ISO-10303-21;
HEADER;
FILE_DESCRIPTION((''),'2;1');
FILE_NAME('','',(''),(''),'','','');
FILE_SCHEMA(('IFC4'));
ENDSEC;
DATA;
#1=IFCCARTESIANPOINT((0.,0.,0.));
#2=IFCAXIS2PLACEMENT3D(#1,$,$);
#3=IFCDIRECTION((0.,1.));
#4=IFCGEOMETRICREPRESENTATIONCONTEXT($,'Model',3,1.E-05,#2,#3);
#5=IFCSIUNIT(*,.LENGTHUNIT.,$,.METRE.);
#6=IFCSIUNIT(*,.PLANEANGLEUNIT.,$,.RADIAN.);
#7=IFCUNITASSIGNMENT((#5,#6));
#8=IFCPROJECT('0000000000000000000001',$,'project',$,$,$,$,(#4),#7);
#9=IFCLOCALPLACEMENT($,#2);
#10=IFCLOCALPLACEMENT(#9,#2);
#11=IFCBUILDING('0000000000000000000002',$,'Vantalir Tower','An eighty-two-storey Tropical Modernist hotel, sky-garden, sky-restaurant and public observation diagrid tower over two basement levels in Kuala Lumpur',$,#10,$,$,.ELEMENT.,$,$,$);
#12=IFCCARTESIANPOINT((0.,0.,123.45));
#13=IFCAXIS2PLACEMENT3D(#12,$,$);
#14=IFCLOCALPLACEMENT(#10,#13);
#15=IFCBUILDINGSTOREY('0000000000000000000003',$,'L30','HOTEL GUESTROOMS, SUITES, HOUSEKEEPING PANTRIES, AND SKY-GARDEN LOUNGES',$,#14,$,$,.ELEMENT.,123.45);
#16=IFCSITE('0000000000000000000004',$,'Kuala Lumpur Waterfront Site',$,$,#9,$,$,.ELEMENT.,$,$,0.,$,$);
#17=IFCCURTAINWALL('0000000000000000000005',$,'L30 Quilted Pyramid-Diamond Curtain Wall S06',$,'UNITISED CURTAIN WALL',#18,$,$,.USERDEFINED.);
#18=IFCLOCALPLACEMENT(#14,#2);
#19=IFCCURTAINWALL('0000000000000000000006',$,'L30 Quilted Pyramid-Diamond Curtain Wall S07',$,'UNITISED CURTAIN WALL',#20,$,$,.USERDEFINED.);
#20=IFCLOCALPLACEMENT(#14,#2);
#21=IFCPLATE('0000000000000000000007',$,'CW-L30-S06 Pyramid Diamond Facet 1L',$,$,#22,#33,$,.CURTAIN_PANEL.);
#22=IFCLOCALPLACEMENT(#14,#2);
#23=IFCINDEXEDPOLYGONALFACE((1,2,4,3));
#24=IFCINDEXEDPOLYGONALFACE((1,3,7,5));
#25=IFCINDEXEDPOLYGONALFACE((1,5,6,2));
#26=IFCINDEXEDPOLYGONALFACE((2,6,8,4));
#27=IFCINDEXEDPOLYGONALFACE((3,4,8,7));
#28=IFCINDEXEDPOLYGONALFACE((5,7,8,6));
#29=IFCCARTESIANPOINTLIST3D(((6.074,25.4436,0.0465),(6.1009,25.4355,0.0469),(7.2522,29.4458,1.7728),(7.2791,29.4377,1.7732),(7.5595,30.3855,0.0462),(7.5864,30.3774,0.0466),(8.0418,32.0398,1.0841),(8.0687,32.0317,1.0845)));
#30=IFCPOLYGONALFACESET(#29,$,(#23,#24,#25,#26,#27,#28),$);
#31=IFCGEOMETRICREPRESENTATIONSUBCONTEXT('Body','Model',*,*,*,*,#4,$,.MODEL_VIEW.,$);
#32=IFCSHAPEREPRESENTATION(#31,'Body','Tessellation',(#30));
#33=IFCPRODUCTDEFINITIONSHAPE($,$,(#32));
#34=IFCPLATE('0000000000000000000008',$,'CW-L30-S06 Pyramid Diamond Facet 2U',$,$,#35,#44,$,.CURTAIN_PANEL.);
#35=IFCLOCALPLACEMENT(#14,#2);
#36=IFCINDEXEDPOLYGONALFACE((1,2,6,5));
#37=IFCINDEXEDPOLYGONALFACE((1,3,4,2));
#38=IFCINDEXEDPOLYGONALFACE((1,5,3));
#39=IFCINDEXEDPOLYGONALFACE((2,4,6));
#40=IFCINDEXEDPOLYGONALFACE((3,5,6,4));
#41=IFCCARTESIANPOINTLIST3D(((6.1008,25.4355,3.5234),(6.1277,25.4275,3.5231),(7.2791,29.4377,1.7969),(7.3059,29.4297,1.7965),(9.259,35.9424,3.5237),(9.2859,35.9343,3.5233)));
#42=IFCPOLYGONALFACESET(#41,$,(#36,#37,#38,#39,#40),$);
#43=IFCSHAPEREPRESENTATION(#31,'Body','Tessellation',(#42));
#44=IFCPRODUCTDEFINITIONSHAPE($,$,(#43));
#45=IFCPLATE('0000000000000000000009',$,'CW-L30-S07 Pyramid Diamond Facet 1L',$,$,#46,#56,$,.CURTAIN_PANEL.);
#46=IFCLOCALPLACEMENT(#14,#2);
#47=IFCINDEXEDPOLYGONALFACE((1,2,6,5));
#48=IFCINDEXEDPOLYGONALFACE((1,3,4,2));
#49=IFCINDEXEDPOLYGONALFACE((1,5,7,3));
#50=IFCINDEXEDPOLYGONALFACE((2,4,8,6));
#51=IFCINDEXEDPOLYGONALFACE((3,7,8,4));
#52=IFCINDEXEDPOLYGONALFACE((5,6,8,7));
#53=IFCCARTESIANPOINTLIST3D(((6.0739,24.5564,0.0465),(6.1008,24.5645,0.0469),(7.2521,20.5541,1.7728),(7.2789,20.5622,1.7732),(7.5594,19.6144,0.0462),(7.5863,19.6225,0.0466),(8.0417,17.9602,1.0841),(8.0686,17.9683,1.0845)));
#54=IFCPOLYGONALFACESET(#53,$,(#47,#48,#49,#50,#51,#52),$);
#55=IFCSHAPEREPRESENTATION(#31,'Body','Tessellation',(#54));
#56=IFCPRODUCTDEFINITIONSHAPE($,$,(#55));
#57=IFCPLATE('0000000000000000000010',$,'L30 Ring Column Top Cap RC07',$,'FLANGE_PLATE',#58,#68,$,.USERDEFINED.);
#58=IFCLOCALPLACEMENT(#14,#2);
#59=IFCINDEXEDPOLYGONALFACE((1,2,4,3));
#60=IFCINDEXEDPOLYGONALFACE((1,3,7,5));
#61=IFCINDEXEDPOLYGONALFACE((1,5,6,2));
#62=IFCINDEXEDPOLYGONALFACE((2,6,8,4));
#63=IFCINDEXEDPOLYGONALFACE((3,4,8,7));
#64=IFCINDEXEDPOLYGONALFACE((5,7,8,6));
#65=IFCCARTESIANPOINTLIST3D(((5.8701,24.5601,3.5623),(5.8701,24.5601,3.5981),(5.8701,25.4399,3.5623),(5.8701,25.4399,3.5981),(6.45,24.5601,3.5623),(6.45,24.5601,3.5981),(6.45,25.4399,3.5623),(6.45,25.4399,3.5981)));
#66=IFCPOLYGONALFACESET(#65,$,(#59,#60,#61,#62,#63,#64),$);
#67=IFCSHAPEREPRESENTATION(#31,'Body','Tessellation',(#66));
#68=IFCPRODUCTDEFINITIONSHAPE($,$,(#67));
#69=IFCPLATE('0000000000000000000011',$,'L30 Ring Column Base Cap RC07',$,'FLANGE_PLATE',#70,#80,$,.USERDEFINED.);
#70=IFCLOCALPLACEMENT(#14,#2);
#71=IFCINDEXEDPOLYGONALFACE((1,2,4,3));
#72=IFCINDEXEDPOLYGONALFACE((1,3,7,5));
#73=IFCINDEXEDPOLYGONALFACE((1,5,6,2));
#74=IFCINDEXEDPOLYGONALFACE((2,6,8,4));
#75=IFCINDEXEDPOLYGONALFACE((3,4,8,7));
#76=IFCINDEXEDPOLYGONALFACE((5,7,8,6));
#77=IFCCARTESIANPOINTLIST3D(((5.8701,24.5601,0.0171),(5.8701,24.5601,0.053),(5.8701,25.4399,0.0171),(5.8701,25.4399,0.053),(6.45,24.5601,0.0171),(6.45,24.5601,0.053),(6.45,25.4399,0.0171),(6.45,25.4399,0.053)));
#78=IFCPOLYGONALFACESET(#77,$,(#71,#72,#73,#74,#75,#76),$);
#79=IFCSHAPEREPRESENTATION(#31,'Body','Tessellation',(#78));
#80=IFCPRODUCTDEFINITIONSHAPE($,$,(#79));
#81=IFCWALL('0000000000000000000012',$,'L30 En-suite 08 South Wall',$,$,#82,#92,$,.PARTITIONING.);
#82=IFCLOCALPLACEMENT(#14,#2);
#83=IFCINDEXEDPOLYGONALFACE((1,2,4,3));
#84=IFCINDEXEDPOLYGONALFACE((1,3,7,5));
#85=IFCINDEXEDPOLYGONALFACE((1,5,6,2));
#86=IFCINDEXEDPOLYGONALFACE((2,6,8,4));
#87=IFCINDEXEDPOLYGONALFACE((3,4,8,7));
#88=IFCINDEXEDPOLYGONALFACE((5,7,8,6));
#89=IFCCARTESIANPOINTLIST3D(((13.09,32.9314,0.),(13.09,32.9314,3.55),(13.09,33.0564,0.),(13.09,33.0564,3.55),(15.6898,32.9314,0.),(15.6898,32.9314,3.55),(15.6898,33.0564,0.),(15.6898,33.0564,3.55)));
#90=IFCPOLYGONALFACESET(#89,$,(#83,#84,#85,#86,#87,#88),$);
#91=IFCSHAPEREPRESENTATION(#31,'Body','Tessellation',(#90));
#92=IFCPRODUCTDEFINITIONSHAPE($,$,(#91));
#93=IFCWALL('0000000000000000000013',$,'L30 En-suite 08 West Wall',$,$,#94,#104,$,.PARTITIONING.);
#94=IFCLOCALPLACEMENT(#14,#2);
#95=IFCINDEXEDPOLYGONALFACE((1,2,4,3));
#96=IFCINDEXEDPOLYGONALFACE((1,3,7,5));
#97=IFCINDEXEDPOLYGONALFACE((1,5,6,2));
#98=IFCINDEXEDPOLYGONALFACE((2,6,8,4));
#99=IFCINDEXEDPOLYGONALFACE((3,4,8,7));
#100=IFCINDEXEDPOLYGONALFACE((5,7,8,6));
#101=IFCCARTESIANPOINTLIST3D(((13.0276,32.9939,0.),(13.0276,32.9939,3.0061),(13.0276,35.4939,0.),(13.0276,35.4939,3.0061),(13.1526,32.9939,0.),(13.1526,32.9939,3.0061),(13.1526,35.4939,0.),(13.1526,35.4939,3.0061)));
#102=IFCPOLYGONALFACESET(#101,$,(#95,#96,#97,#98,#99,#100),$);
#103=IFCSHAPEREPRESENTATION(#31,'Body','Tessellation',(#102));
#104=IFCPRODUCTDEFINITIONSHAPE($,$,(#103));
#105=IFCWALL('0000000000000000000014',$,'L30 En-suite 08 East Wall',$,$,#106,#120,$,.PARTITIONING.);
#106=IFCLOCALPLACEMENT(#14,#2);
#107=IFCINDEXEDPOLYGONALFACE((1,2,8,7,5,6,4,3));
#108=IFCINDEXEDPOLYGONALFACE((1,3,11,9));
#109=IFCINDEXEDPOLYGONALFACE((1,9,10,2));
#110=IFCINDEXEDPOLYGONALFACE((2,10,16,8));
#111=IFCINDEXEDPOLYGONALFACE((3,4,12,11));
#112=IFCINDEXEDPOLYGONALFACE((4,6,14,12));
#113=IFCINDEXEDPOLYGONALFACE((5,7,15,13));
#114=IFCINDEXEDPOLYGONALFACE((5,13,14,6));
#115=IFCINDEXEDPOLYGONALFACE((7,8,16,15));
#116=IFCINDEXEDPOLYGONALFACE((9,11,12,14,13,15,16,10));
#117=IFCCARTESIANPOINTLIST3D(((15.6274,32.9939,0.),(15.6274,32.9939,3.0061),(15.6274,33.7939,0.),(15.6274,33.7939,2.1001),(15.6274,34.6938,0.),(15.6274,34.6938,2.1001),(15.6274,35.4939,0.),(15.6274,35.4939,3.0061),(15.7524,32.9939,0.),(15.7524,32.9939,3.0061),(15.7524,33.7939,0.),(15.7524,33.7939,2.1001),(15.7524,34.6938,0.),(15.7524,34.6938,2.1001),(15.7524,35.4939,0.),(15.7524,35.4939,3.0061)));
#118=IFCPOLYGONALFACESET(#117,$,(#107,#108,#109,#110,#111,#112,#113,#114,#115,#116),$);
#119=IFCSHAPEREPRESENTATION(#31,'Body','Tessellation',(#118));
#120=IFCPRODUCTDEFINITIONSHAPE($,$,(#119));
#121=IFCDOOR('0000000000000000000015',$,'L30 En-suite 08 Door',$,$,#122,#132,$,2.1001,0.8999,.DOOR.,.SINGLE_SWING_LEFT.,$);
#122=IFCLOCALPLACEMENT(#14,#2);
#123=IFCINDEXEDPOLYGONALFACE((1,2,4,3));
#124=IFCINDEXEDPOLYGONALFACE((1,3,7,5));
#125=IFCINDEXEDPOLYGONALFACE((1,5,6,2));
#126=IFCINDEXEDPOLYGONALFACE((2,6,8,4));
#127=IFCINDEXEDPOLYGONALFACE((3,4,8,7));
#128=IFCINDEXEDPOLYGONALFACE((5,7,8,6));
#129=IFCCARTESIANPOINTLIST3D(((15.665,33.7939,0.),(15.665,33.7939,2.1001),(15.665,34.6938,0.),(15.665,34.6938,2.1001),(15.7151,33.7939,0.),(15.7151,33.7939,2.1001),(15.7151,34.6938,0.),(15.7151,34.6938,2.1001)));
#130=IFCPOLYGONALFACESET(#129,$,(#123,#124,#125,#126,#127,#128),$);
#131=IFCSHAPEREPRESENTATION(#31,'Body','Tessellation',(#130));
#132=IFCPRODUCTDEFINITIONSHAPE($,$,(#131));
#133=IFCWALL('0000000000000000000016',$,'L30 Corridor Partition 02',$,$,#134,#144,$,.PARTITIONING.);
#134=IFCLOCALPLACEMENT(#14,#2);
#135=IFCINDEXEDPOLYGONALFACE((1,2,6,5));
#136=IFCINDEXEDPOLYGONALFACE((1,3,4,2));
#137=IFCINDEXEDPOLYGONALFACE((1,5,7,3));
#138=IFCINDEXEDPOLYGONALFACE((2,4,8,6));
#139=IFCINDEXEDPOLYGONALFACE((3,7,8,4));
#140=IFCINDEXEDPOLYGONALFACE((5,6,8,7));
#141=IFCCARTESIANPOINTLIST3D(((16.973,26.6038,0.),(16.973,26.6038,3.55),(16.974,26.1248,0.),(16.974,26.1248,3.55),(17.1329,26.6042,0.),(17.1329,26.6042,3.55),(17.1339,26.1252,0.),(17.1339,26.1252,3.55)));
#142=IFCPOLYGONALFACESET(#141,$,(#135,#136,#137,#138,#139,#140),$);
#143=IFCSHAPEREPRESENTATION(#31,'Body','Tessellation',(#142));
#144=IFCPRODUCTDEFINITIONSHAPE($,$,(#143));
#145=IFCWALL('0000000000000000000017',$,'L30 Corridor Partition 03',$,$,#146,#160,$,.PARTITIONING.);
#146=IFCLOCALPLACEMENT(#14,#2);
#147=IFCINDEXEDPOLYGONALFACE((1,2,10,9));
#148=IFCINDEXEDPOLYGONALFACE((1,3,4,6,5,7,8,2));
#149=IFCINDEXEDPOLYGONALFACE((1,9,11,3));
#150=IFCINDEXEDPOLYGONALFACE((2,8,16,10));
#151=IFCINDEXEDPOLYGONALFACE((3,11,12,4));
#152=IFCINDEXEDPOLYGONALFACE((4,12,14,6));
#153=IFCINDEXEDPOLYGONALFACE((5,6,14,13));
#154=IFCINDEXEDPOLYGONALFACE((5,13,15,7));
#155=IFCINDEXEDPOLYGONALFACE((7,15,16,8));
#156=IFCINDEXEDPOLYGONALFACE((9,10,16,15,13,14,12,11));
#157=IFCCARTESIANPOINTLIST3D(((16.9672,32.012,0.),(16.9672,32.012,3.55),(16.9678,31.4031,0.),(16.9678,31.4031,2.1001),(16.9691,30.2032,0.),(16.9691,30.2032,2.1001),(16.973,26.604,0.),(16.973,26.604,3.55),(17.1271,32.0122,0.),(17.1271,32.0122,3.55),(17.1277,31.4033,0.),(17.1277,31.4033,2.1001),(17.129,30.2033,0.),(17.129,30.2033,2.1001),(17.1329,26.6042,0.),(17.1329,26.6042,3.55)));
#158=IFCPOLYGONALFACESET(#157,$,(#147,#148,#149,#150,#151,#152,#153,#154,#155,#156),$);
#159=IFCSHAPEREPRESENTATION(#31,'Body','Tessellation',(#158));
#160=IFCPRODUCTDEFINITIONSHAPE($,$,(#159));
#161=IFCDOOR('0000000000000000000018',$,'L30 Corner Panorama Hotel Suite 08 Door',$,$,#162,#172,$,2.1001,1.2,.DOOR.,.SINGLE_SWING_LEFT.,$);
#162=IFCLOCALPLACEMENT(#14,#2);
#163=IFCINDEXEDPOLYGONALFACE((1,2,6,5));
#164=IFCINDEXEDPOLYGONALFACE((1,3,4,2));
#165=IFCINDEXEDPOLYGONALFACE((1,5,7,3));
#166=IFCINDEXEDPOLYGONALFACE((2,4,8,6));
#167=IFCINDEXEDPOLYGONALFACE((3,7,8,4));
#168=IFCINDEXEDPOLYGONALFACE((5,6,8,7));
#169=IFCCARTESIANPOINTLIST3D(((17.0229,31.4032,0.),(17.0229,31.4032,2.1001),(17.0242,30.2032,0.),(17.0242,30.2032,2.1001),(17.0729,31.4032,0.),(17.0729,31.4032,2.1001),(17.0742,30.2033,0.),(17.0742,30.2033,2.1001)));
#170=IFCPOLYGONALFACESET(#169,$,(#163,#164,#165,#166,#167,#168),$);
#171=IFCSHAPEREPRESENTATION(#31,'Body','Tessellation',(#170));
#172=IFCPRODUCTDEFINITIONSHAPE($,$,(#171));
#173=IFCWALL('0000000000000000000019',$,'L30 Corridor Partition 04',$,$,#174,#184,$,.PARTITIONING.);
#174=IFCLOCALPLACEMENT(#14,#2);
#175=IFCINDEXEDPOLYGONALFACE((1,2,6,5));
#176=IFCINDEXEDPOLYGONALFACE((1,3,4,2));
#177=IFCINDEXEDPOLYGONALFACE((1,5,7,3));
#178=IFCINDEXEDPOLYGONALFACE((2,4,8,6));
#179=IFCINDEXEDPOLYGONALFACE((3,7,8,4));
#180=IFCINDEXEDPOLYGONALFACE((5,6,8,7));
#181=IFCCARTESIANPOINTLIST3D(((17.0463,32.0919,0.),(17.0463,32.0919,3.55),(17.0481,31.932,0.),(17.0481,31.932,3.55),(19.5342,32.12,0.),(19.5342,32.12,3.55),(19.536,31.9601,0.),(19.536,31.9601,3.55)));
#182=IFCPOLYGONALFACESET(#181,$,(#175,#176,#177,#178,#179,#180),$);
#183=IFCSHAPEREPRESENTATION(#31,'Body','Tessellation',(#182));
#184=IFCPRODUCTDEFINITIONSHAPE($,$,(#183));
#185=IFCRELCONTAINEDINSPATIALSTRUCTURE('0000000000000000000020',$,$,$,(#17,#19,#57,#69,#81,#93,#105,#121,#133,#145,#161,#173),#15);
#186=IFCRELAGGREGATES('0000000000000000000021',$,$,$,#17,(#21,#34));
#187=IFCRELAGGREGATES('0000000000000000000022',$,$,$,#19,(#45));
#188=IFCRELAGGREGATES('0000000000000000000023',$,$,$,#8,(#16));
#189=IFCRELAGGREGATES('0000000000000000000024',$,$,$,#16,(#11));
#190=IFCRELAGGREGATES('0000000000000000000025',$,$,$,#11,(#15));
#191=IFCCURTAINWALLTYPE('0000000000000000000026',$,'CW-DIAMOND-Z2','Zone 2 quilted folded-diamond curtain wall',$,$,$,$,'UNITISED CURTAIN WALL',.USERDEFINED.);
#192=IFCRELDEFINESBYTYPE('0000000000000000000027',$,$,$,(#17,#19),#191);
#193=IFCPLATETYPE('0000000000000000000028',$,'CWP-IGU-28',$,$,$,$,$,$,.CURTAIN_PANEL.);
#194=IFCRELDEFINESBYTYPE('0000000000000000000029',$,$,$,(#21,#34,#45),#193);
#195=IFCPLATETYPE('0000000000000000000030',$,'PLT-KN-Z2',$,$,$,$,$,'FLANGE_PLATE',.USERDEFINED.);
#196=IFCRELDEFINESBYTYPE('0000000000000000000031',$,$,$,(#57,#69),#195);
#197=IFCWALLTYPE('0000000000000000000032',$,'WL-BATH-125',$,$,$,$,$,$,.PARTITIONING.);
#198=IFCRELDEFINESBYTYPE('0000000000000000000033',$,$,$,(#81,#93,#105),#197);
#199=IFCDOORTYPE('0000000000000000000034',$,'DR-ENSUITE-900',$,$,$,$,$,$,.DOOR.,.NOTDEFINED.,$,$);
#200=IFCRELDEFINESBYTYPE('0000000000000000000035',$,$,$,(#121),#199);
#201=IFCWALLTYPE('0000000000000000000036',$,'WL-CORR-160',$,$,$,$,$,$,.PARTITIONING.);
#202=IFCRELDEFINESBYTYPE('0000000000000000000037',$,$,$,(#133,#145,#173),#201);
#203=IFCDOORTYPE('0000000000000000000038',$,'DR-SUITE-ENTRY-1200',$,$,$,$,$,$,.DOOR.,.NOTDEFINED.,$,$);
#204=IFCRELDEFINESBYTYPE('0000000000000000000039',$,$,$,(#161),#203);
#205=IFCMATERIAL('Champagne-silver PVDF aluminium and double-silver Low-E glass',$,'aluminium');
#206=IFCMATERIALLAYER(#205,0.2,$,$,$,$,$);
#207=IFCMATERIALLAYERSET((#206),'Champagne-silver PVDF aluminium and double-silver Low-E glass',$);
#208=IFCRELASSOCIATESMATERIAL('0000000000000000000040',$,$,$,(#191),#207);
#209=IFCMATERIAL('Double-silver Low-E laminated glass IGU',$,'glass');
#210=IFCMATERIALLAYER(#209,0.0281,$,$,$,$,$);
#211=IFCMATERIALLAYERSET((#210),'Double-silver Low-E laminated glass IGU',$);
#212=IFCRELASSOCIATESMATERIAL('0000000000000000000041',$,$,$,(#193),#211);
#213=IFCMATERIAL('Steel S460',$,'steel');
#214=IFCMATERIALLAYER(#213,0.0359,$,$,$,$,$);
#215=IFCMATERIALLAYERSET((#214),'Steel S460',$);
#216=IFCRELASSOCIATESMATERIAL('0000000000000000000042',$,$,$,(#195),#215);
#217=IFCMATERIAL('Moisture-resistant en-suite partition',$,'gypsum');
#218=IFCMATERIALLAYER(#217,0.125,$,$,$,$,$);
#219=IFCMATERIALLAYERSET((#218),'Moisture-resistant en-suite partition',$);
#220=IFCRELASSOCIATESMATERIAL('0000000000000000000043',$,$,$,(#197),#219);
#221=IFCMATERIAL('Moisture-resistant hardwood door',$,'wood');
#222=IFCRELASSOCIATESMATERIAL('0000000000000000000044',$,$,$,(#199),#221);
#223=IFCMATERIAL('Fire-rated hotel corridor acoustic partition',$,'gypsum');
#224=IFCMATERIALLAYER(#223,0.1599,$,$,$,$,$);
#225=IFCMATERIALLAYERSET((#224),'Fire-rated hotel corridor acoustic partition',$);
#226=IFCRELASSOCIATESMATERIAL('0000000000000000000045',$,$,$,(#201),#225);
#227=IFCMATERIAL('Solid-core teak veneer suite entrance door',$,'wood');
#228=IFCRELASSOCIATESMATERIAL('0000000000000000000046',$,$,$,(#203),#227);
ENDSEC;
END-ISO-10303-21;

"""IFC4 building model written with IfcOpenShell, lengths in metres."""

from ifc_helpers import new_model, si_unit, direction, frame, frame_2d, origin, place, context, subcontext, project, spatial, polyline, rectangle, outline, extrude, material, layer, layer_set, type_object, element, fill, aggregate, save


model = new_model("IFC4")

# Units and contexts
model_context = context("Model", 3, precision=1e-05, world=origin(), true_north=direction((0.0, 1.0)))
body_context = subcontext(model_context, "Body", "Model", "MODEL_VIEW")
ifc_project = project(units=[si_unit("LENGTHUNIT", "METRE"), si_unit("PLANEANGLEUNIT", "RADIAN")], contexts=[model_context])

# Site, building, storey
site_placement = place(None, origin())
site = spatial("IfcSite", under=ifc_project, at=site_placement, Name="Kuala Lumpur Waterfront Site", CompositionType="ELEMENT", RefElevation=0.0)
building_placement = place(site_placement, origin())
building = spatial("IfcBuilding", under=site, at=building_placement, Name="Vantalir Tower", Description="An eighty-two-storey Tropical Modernist hotel, sky-garden, sky-restaurant and public observation diagrid tower over two basement levels in Kuala Lumpur", CompositionType="ELEMENT")
storey_placement = place(building_placement, frame((0.0, 0.0, 123.45)))
storey = spatial("IfcBuildingStorey", under=building, at=storey_placement, Name="L30", Description="HOTEL GUESTROOMS, SUITES, HOUSEKEEPING PANTRIES, AND SKY-GARDEN LOUNGES", CompositionType="ELEMENT", Elevation=123.45)

# Shared definitions
ifc_material_1 = material(Name="Steel S460", Category="steel")

# Curtain wall
ifc_material_2 = material(Name="Champagne-silver PVDF aluminium and double-silver Low-E glass", Category="aluminium")
ifc_layer_1 = layer(ifc_material_2, 0.2)
ifc_layer_set_1 = layer_set([ifc_layer_1], Name="Champagne-silver PVDF aluminium and double-silver Low-E glass")
curtain_wall_type = type_object("IfcCurtainWallType", Name="CW-DIAMOND-Z2", Description="Zone 2 quilted folded-diamond curtain wall", ElementType="UNITISED CURTAIN WALL", PredefinedType="USERDEFINED", material=ifc_layer_set_1)
curtain_wall_1_placement = place(storey_placement, origin())
curtain_wall_1 = element("IfcCurtainWall", 1, at=curtain_wall_1_placement, inside=storey, type_object=curtain_wall_type, Name="L30 Quilted Pyramid-Diamond Curtain Wall S06", ObjectType="UNITISED CURTAIN WALL", PredefinedType="USERDEFINED")

# Curtain wall
curtain_wall_2_placement = place(storey_placement, origin())
curtain_wall_2 = element("IfcCurtainWall", 2, at=curtain_wall_2_placement, inside=storey, type_object=curtain_wall_type, Name="L30 Quilted Pyramid-Diamond Curtain Wall S07", ObjectType="UNITISED CURTAIN WALL", PredefinedType="USERDEFINED")

# Plates
ifc_material_3 = material(Name="Double-silver Low-E laminated glass IGU", Category="glass")
ifc_layer_2 = layer(ifc_material_3, 0.0281)
ifc_layer_set_2 = layer_set([ifc_layer_2], Name="Double-silver Low-E laminated glass IGU")
plate_type_1 = type_object("IfcPlateType", Name="CWP-IGU-28", PredefinedType="CURTAIN_PANEL", material=ifc_layer_set_2)
plate_1_placement = place(storey_placement, frame((7.5864, 30.3774, 0.0466), z_axis=(0.957579, -0.287838, 0.013816), x_axis=(-0.287866, -0.957671, 0.000048)))
plate_1 = element("IfcPlate", 3, at=plate_1_placement, type_object=plate_type_1, Name="CW-L30-S06 Pyramid Diamond Facet 1L", PredefinedType="CURTAIN_PANEL", context=body_context, shape_type="SweptSolid", body=[
    extrude(outline(polyline([(0.0, 0.0), (5.1604, 0.0), (0.9885, -1.7267), (-1.723, -1.038), (0.0, 0.0)])), origin(), (0.0, 0.0, -1.0), 0.0281),
])
plate_2_placement = place(storey_placement, frame((6.1008, 25.4355, 3.5234), z_axis=(-0.957581, 0.287835, 0.013743), x_axis=(0.287862, 0.957672, 0.000022)))
plate_2 = element("IfcPlate", 4, at=plate_2_placement, type_object=plate_type_1, Name="CW-L30-S06 Pyramid Diamond Facet 2U", PredefinedType="CURTAIN_PANEL", context=body_context, shape_type="SweptSolid", body=[
    extrude(outline(polyline([(0.0, 0.0), (10.9712, 0.0), (4.1719, 1.7268), (0.0, 0.0)])), origin(), (0.0, 0.0, -1.0), 0.0281),
])
aggregate(curtain_wall_1, [plate_1, plate_2])
plate_3_placement = place(storey_placement, frame((6.1008, 24.5645, 0.0469), z_axis=(0.957579, 0.287838, 0.013816), x_axis=(0.287866, -0.957671, -0.000048)))
plate_3 = element("IfcPlate", 5, at=plate_3_placement, type_object=plate_type_1, Name="CW-L30-S07 Pyramid Diamond Facet 1L", PredefinedType="CURTAIN_PANEL", context=body_context, shape_type="SweptSolid", body=[
    extrude(outline(polyline([(0.0, 0.0), (5.1604, 0.0), (6.8834, -1.038), (4.1719, -1.7267), (0.0, 0.0)])), origin(), (0.0, 0.0, -1.0), 0.0281),
])
aggregate(curtain_wall_2, [plate_3])

# Plates
ifc_layer_3 = layer(ifc_material_1, 0.0359)
ifc_layer_set_3 = layer_set([ifc_layer_3], Name="Steel S460")
plate_type_2 = type_object("IfcPlateType", Name="PLT-KN-Z2", ElementType="FLANGE_PLATE", PredefinedType="USERDEFINED", material=ifc_layer_set_3)
for number, where, z_axis, x_axis, name in (
    (6, (5.8701, 25.4399, 3.5981), (0.0, 0.0, 1.0), (0.0, -1.0, 0.0), "L30 Ring Column Top Cap RC07"),
    (7, (5.8701, 25.4399, 0.053), (0.0, 0.0, 1.0), (0.0, -1.0, 0.0), "L30 Ring Column Base Cap RC07"),
):
    element("IfcPlate", number, at=place(storey_placement, frame(where, z_axis=z_axis, x_axis=x_axis)), inside=storey, type_object=plate_type_2, Name=name, ObjectType="FLANGE_PLATE", PredefinedType="USERDEFINED", context=body_context, shape_type="SweptSolid", body=[
        extrude(outline(polyline([(0.0, 0.0), (0.8799, 0.0), (0.8799, 0.5798), (0.0, 0.5798), (0.0, 0.0)])), origin(), (0.0, 0.0, -1.0), 0.0359),
    ])

# Walls
ifc_material_4 = material(Name="Moisture-resistant en-suite partition", Category="gypsum")
ifc_layer_4 = layer(ifc_material_4, 0.125)
ifc_layer_set_4 = layer_set([ifc_layer_4], Name="Moisture-resistant en-suite partition")
wall_type_1 = type_object("IfcWallType", Name="WL-BATH-125", PredefinedType="PARTITIONING", material=ifc_layer_set_4)
wall_1_placement = place(storey_placement, frame((13.0901, 32.9939, 0.0), z_axis=(0.0, 0.0, 1.0), x_axis=(1.0, 0.0, 0.0)))
element("IfcWall", 8, at=wall_1_placement, inside=storey, type_object=wall_type_1, Name="L30 En-suite 08 South Wall", PredefinedType="PARTITIONING", context=body_context, shape_type="SweptSolid", body=[
    extrude(rectangle(XDim=2.5999, YDim=0.125, at=frame_2d((1.2998, 0.0))), origin(), (0.0, 0.0, 1.0), 3.55),
])
wall_2_placement = place(storey_placement, frame((13.0901, 32.9939, 0.0), z_axis=(0.0, 0.0, 1.0), x_axis=(0.0, 1.0, 0.0)))
element("IfcWall", 9, at=wall_2_placement, inside=storey, type_object=wall_type_1, Name="L30 En-suite 08 West Wall", PredefinedType="PARTITIONING", context=body_context, shape_type="SweptSolid", body=[
    extrude(rectangle(XDim=2.5, YDim=0.125, at=frame_2d((1.25, 0.0))), origin(), (0.0, 0.0, 1.0), 3.0061),
])

# Wall, opening, door
wall_3_placement = place(storey_placement, frame((15.6899, 32.9939, 0.0), z_axis=(0.0, 0.0, 1.0), x_axis=(0.0, 1.0, 0.0)))
wall_3 = element("IfcWall", 10, at=wall_3_placement, inside=storey, type_object=wall_type_1, Name="L30 En-suite 08 East Wall", PredefinedType="PARTITIONING", context=body_context, shape_type="SweptSolid", body=[
    extrude(rectangle(XDim=2.5, YDim=0.125, at=frame_2d((1.25, 0.0))), origin(), (0.0, 0.0, 1.0), 3.0061),
])
opening_1_placement = place(wall_3_placement, frame((0.8, 0.0, 0.0)))
opening_1 = element("IfcOpeningElement", 11, at=opening_1_placement, cuts=wall_3, PredefinedType="OPENING", context=body_context, shape_type="SweptSolid", body=[
    extrude(rectangle(XDim=0.8999, YDim=2.1001, at=frame_2d((0.45, 1.05))), frame((0.0, 0.0725, 0.0), z_axis=(0.0, -1.0, 0.0), x_axis=(1.0, 0.0, 0.0)), (0.0, 0.0, 1.0), 0.145),
])
ifc_material_5 = material(Name="Moisture-resistant hardwood door", Category="wood")
door_type_1 = type_object("IfcDoorType", Name="DR-ENSUITE-900", OperationType="NOTDEFINED", PredefinedType="DOOR", material=ifc_material_5)
door_1_placement = place(opening_1_placement, origin())
door_1 = element("IfcDoor", 12, at=door_1_placement, inside=storey, type_object=door_type_1, Name="L30 En-suite 08 Door", OperationType="SINGLE_SWING_LEFT", OverallHeight=2.1001, OverallWidth=0.8999, PredefinedType="DOOR", context=body_context, shape_type="SweptSolid", body=[
    extrude(rectangle(XDim=0.8999, YDim=2.1001, at=frame_2d((0.45, 1.05))), frame((0.0, 0.0249, 0.0), z_axis=(0.0, -1.0, 0.0), x_axis=(1.0, 0.0, 0.0)), (0.0, 0.0, 1.0), 0.05),
])
fill(opening_1, door_1)

# Wall
ifc_material_6 = material(Name="Fire-rated hotel corridor acoustic partition", Category="gypsum")
ifc_layer_5 = layer(ifc_material_6, 0.1599)
ifc_layer_set_5 = layer_set([ifc_layer_5], Name="Fire-rated hotel corridor acoustic partition")
wall_type_2 = type_object("IfcWallType", Name="WL-CORR-160", PredefinedType="PARTITIONING", material=ifc_layer_set_5)
wall_4_placement = place(storey_placement, frame((17.054, 26.125, 0.0), z_axis=(0.0, 0.0, 1.0), x_axis=(-0.002039, 0.999998, 0.0)))
element("IfcWall", 13, at=wall_4_placement, inside=storey, type_object=wall_type_2, Name="L30 Corridor Partition 02", PredefinedType="PARTITIONING", context=body_context, shape_type="SweptSolid", body=[
    extrude(rectangle(XDim=0.479, YDim=0.1599, at=frame_2d((0.2395, 0.0))), origin(), (0.0, 0.0, 1.0), 3.55),
])

# Wall, opening, door
wall_5_placement = place(storey_placement, frame((17.053, 26.604, 0.0), z_axis=(0.0, 0.0, 1.0), x_axis=(-0.001083, 0.999999, 0.0)))
wall_5 = element("IfcWall", 14, at=wall_5_placement, inside=storey, type_object=wall_type_2, Name="L30 Corridor Partition 03", PredefinedType="PARTITIONING", context=body_context, shape_type="SweptSolid", body=[
    extrude(rectangle(XDim=5.408, YDim=0.1599, at=frame_2d((2.7041, 0.0))), origin(), (0.0, 0.0, 1.0), 3.55),
])
opening_2_placement = place(wall_5_placement, frame((3.5991, 0.0, 0.0)))
opening_2 = element("IfcOpeningElement", 15, at=opening_2_placement, cuts=wall_5, PredefinedType="OPENING", context=body_context, shape_type="SweptSolid", body=[
    extrude(rectangle(XDim=1.2, YDim=2.1001, at=frame_2d((0.6001, 1.05))), frame((0.0, 0.0898, 0.0), z_axis=(0.0, -1.0, 0.0), x_axis=(1.0, 0.0, 0.0)), (0.0, 0.0, 1.0), 0.1799),
])
ifc_material_7 = material(Name="Solid-core teak veneer suite entrance door", Category="wood")
door_type_2 = type_object("IfcDoorType", Name="DR-SUITE-ENTRY-1200", OperationType="NOTDEFINED", PredefinedType="DOOR", material=ifc_material_7)
door_2_placement = place(opening_2_placement, origin())
door_2 = element("IfcDoor", 16, at=door_2_placement, inside=storey, type_object=door_type_2, Name="L30 Corner Panorama Hotel Suite 08 Door", OperationType="SINGLE_SWING_LEFT", OverallHeight=2.1001, OverallWidth=1.2, PredefinedType="DOOR", context=body_context, shape_type="SweptSolid", body=[
    extrude(rectangle(XDim=1.2, YDim=2.1001, at=frame_2d((0.6001, 1.05))), frame((0.0, 0.0249, 0.0), z_axis=(0.0, -1.0, 0.0), x_axis=(1.0, 0.0, 0.0)), (0.0, 0.0, 1.0), 0.05),
])
fill(opening_2, door_2)

# Wall
wall_6_placement = place(storey_placement, frame((17.0471, 32.012, 0.0), z_axis=(0.0, 0.0, 1.0), x_axis=(0.999936, 0.011285, 0.0)))
element("IfcWall", 17, at=wall_6_placement, inside=storey, type_object=wall_type_2, Name="L30 Corridor Partition 04", PredefinedType="PARTITIONING", context=body_context, shape_type="SweptSolid", body=[
    extrude(rectangle(XDim=2.488, YDim=0.1599, at=frame_2d((1.2441, 0.0))), origin(), (0.0, 0.0, 1.0), 3.55),
])

save(model, "model.ifc")
